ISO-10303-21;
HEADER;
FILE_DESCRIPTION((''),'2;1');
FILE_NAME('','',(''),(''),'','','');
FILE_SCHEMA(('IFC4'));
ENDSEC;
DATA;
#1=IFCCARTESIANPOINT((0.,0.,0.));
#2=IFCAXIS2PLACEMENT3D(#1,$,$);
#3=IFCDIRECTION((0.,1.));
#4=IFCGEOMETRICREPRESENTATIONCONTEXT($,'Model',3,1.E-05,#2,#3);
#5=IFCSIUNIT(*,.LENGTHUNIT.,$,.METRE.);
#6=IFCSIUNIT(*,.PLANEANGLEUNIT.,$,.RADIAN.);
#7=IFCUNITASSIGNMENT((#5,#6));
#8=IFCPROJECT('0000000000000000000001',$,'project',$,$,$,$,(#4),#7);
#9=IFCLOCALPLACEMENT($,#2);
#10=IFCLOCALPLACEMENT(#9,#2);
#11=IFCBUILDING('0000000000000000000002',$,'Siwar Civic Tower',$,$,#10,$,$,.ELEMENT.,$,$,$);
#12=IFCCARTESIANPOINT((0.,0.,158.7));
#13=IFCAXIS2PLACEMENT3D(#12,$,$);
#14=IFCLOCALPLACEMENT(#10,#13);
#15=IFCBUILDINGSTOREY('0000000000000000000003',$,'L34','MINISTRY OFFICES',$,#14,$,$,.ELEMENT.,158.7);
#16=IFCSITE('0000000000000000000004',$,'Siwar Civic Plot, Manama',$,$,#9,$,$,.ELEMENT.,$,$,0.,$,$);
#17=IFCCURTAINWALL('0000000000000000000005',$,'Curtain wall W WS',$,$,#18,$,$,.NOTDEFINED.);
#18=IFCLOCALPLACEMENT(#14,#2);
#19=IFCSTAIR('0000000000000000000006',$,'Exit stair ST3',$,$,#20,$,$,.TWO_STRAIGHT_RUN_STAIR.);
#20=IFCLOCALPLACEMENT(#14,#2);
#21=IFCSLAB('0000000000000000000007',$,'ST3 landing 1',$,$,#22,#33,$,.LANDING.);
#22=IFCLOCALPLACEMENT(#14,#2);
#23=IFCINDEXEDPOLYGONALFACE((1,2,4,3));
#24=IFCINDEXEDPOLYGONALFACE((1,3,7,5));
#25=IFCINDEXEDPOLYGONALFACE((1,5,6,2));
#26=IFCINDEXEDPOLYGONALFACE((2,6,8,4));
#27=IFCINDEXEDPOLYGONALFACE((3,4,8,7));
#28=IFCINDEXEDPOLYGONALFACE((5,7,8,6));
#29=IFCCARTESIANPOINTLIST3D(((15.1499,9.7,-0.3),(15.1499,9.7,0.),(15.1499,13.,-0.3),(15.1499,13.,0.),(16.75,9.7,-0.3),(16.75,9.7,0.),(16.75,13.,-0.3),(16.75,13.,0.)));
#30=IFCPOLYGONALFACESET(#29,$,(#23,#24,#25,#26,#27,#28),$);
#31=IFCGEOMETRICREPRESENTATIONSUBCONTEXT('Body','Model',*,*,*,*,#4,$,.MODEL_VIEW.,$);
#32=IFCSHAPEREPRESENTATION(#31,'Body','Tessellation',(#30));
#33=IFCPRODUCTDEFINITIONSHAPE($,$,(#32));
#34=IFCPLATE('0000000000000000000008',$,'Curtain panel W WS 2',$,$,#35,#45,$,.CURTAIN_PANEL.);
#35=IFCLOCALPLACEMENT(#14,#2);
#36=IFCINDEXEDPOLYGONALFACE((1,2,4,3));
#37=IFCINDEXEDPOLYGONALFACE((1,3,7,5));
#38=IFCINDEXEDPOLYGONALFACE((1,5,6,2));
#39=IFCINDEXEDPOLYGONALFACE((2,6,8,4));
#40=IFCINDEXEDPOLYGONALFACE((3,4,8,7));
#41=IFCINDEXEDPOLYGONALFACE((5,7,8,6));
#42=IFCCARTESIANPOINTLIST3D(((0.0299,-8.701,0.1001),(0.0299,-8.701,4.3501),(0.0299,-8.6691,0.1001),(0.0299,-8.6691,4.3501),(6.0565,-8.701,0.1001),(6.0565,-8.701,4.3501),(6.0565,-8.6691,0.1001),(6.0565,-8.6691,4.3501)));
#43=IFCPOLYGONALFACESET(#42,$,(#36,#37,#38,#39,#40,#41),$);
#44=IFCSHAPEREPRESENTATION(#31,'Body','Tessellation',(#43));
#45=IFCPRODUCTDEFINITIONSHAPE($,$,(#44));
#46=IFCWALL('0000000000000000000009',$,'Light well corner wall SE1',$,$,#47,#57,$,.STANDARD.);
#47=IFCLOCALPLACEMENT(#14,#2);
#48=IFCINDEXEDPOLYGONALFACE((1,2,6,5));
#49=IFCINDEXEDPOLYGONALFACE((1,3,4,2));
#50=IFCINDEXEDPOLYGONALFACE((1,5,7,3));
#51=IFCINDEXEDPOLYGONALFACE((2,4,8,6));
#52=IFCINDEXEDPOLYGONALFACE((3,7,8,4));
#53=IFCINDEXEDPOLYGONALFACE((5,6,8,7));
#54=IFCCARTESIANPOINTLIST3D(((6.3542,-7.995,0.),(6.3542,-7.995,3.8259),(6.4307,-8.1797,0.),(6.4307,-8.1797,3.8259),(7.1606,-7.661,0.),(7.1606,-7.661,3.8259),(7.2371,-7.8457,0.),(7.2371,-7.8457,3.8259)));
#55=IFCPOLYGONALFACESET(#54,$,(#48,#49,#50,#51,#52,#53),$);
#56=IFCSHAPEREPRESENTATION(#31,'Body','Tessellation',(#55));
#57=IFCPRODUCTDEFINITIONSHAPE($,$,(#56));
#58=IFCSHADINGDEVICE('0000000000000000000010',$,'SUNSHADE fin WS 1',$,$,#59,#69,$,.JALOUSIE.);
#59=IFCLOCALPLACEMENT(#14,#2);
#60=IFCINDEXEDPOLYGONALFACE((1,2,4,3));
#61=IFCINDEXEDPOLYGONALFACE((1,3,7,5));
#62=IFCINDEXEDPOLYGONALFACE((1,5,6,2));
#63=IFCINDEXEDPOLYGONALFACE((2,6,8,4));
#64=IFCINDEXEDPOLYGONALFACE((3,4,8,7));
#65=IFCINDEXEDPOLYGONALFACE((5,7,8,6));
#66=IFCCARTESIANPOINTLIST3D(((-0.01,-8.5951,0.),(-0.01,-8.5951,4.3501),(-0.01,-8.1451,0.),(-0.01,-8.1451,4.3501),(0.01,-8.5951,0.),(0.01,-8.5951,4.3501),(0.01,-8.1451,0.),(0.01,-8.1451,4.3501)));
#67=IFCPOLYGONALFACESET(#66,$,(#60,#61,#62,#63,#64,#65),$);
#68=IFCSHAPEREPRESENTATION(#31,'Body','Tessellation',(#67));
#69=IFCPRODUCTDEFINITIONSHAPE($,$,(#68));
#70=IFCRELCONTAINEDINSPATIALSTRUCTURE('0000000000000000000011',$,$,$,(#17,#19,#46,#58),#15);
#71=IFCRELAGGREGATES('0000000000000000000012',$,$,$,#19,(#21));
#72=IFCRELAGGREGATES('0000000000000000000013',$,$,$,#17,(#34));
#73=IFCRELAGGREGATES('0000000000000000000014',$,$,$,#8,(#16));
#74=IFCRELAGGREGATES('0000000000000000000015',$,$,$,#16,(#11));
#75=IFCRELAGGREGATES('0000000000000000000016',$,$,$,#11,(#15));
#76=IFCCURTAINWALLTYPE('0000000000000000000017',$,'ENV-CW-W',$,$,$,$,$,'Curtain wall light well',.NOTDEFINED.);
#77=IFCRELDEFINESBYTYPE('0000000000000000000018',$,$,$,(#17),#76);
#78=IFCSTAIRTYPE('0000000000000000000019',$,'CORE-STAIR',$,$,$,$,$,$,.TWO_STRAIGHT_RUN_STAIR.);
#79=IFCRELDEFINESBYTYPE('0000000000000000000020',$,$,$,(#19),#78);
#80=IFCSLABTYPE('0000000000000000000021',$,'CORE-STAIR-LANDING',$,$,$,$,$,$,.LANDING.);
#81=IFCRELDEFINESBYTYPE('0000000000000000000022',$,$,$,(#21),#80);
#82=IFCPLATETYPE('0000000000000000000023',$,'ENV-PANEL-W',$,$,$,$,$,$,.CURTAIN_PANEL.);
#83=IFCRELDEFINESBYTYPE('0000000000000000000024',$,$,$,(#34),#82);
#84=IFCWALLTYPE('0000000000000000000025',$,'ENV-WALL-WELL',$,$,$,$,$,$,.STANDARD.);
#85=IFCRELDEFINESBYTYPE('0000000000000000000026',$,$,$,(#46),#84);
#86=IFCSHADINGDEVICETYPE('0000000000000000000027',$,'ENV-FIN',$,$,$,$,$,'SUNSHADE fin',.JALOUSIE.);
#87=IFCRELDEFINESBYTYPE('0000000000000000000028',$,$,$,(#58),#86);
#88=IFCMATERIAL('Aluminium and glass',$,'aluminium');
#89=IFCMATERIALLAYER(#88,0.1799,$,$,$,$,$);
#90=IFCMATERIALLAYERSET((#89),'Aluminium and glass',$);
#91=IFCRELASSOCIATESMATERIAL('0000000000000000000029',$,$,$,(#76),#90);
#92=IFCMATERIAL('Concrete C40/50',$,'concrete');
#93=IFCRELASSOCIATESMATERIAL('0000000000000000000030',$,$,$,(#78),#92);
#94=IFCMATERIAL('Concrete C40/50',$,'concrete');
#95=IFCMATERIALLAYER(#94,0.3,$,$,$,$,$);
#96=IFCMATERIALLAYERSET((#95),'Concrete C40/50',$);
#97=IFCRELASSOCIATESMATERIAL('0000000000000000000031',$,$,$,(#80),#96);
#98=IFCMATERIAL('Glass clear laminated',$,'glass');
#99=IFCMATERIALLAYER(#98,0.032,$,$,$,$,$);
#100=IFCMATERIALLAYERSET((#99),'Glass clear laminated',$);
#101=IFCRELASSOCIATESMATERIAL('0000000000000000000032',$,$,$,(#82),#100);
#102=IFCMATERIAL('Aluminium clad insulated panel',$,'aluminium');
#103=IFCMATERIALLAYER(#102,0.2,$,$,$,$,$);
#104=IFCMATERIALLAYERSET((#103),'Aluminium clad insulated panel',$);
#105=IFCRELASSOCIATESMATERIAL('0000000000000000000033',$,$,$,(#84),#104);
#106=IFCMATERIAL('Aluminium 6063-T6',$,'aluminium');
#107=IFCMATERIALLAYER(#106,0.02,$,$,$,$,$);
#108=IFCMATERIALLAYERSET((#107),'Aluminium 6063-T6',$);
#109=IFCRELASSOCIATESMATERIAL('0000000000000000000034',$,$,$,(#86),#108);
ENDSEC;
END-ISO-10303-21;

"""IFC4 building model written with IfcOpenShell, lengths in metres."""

from ifc_helpers import new_model, si_unit, direction, frame, frame_2d, origin, origin_2d, place, context, subcontext, project, spatial, polyline, rectangle, outline, extrude, material, layer, layer_set, type_object, element, aggregate, save


model = new_model("IFC4")

# Units and contexts
model_context = context("Model", 3, precision=1e-05, world=origin(), true_north=direction((0.0, 1.0)))
body_context = subcontext(model_context, "Body", "Model", "MODEL_VIEW")
ifc_project = project(units=[si_unit("LENGTHUNIT", "METRE"), si_unit("PLANEANGLEUNIT", "RADIAN")], contexts=[model_context])

# Site, building, storey
site_placement = place(None, origin())
site = spatial("IfcSite", under=ifc_project, at=site_placement, Name="Siwar Civic Plot, Manama", CompositionType="ELEMENT", RefElevation=0.0)
building_placement = place(site_placement, origin())
building = spatial("IfcBuilding", under=site, at=building_placement, Name="Siwar Civic Tower", CompositionType="ELEMENT")
storey_placement = place(building_placement, frame((0.0, 0.0, 158.7)))
storey = spatial("IfcBuildingStorey", under=building, at=storey_placement, Name="L34", Description="MINISTRY OFFICES", CompositionType="ELEMENT", Elevation=158.7)

# Curtain wall
ifc_material_1 = material(Name="Aluminium and glass", Category="aluminium")
ifc_layer_1 = layer(ifc_material_1, 0.1799)
ifc_layer_set_1 = layer_set([ifc_layer_1], Name="Aluminium and glass")
curtain_wall_type = type_object("IfcCurtainWallType", Name="ENV-CW-W", ElementType="Curtain wall light well", PredefinedType="NOTDEFINED", material=ifc_layer_set_1)
curtain_wall_placement = place(storey_placement, origin())
curtain_wall = element("IfcCurtainWall", 1, at=curtain_wall_placement, inside=storey, type_object=curtain_wall_type, Name="Curtain wall W WS", PredefinedType="NOTDEFINED")

# Shared definitions
ifc_material_2 = material(Name="Concrete C40/50", Category="concrete")
stair_type = type_object("IfcStairType", Name="CORE-STAIR", PredefinedType="TWO_STRAIGHT_RUN_STAIR", material=ifc_material_2)
ifc_material_3 = material(Name="Concrete C40/50", Category="concrete")
ifc_layer_2 = layer(ifc_material_3, 0.3)
ifc_layer_set_2 = layer_set([ifc_layer_2], Name="Concrete C40/50")
slab_type = type_object("IfcSlabType", Name="CORE-STAIR-LANDING", PredefinedType="LANDING", material=ifc_layer_set_2)

# Stair, slab
stair_1_placement = place(storey_placement, origin())
stair_1 = element("IfcStair", 2, at=stair_1_placement, inside=storey, type_object=stair_type, Name="Exit stair ST3", PredefinedType="TWO_STRAIGHT_RUN_STAIR")
slab_1_placement = place(storey_placement, frame((0.0, 0.0, -0.3)))
slab_1 = element("IfcSlab", 3, at=slab_1_placement, type_object=slab_type, Name="ST3 landing 1", PredefinedType="LANDING", context=body_context, shape_type="SweptSolid", body=[
    extrude(outline(polyline([(15.1499, 9.7), (16.75, 9.7), (16.75, 13.0), (15.1499, 13.0), (15.1499, 9.7)])), origin(), (0.0, 0.0, 1.0), 0.3),
])
aggregate(stair_1, [slab_1])

# Plate
ifc_material_4 = material(Name="Glass clear laminated", Category="glass")
ifc_layer_3 = layer(ifc_material_4, 0.032)
ifc_layer_set_3 = layer_set([ifc_layer_3], Name="Glass clear laminated")
plate_type = type_object("IfcPlateType", Name="ENV-PANEL-W", PredefinedType="CURTAIN_PANEL", material=ifc_layer_set_3)
plate_placement = place(storey_placement, frame((3.0432, -8.6851, 0.1001), z_axis=(0.0, 0.0, 1.0), x_axis=(1.0, 0.0, 0.0)))
plate = element("IfcPlate", 4, at=plate_placement, type_object=plate_type, Name="Curtain panel W WS 2", PredefinedType="CURTAIN_PANEL", context=body_context, shape_type="SweptSolid", body=[
    extrude(rectangle(XDim=6.0266, YDim=0.032, at=origin_2d()), origin(), (0.0, 0.0, 1.0), 4.25),
])
aggregate(curtain_wall, [plate])

# Wall
ifc_material_5 = material(Name="Aluminium clad insulated panel", Category="aluminium")
ifc_layer_4 = layer(ifc_material_5, 0.2)
ifc_layer_set_4 = layer_set([ifc_layer_4], Name="Aluminium clad insulated panel")
wall_type = type_object("IfcWallType", Name="ENV-WALL-WELL", PredefinedType="STANDARD", material=ifc_layer_set_4)
wall_placement = place(storey_placement, frame((6.3923, -8.0874, 0.0), z_axis=(0.0, 0.0, 1.0), x_axis=(0.923894, 0.382648, 0.0)))
element("IfcWall", 5, at=wall_placement, inside=storey, type_object=wall_type, Name="Light well corner wall SE1", PredefinedType="STANDARD", context=body_context, shape_type="SweptSolid", body=[
    extrude(rectangle(XDim=0.8728, YDim=0.2, at=frame_2d((0.4365, 0.0))), origin(), (0.0, 0.0, 1.0), 3.8259),
])

# Shading device
ifc_material_6 = material(Name="Aluminium 6063-T6", Category="aluminium")
ifc_layer_5 = layer(ifc_material_6, 0.02)
ifc_layer_set_5 = layer_set([ifc_layer_5], Name="Aluminium 6063-T6")
shading_device_type = type_object("IfcShadingDeviceType", Name="ENV-FIN", ElementType="SUNSHADE fin", PredefinedType="JALOUSIE", material=ifc_layer_set_5)
shading_device_placement = place(storey_placement, frame((0.0, -8.3701, 0.0), z_axis=(0.0, 0.0, 1.0), x_axis=(1.0, 0.0, 0.0)))
element("IfcShadingDevice", 6, at=shading_device_placement, inside=storey, type_object=shading_device_type, Name="SUNSHADE fin WS 1", PredefinedType="JALOUSIE", context=body_context, shape_type="SweptSolid", body=[
    extrude(rectangle(XDim=0.02, YDim=0.45, at=origin_2d()), origin(), (0.0, 0.0, 1.0), 4.3501),
])

save(model, "model.ifc")
